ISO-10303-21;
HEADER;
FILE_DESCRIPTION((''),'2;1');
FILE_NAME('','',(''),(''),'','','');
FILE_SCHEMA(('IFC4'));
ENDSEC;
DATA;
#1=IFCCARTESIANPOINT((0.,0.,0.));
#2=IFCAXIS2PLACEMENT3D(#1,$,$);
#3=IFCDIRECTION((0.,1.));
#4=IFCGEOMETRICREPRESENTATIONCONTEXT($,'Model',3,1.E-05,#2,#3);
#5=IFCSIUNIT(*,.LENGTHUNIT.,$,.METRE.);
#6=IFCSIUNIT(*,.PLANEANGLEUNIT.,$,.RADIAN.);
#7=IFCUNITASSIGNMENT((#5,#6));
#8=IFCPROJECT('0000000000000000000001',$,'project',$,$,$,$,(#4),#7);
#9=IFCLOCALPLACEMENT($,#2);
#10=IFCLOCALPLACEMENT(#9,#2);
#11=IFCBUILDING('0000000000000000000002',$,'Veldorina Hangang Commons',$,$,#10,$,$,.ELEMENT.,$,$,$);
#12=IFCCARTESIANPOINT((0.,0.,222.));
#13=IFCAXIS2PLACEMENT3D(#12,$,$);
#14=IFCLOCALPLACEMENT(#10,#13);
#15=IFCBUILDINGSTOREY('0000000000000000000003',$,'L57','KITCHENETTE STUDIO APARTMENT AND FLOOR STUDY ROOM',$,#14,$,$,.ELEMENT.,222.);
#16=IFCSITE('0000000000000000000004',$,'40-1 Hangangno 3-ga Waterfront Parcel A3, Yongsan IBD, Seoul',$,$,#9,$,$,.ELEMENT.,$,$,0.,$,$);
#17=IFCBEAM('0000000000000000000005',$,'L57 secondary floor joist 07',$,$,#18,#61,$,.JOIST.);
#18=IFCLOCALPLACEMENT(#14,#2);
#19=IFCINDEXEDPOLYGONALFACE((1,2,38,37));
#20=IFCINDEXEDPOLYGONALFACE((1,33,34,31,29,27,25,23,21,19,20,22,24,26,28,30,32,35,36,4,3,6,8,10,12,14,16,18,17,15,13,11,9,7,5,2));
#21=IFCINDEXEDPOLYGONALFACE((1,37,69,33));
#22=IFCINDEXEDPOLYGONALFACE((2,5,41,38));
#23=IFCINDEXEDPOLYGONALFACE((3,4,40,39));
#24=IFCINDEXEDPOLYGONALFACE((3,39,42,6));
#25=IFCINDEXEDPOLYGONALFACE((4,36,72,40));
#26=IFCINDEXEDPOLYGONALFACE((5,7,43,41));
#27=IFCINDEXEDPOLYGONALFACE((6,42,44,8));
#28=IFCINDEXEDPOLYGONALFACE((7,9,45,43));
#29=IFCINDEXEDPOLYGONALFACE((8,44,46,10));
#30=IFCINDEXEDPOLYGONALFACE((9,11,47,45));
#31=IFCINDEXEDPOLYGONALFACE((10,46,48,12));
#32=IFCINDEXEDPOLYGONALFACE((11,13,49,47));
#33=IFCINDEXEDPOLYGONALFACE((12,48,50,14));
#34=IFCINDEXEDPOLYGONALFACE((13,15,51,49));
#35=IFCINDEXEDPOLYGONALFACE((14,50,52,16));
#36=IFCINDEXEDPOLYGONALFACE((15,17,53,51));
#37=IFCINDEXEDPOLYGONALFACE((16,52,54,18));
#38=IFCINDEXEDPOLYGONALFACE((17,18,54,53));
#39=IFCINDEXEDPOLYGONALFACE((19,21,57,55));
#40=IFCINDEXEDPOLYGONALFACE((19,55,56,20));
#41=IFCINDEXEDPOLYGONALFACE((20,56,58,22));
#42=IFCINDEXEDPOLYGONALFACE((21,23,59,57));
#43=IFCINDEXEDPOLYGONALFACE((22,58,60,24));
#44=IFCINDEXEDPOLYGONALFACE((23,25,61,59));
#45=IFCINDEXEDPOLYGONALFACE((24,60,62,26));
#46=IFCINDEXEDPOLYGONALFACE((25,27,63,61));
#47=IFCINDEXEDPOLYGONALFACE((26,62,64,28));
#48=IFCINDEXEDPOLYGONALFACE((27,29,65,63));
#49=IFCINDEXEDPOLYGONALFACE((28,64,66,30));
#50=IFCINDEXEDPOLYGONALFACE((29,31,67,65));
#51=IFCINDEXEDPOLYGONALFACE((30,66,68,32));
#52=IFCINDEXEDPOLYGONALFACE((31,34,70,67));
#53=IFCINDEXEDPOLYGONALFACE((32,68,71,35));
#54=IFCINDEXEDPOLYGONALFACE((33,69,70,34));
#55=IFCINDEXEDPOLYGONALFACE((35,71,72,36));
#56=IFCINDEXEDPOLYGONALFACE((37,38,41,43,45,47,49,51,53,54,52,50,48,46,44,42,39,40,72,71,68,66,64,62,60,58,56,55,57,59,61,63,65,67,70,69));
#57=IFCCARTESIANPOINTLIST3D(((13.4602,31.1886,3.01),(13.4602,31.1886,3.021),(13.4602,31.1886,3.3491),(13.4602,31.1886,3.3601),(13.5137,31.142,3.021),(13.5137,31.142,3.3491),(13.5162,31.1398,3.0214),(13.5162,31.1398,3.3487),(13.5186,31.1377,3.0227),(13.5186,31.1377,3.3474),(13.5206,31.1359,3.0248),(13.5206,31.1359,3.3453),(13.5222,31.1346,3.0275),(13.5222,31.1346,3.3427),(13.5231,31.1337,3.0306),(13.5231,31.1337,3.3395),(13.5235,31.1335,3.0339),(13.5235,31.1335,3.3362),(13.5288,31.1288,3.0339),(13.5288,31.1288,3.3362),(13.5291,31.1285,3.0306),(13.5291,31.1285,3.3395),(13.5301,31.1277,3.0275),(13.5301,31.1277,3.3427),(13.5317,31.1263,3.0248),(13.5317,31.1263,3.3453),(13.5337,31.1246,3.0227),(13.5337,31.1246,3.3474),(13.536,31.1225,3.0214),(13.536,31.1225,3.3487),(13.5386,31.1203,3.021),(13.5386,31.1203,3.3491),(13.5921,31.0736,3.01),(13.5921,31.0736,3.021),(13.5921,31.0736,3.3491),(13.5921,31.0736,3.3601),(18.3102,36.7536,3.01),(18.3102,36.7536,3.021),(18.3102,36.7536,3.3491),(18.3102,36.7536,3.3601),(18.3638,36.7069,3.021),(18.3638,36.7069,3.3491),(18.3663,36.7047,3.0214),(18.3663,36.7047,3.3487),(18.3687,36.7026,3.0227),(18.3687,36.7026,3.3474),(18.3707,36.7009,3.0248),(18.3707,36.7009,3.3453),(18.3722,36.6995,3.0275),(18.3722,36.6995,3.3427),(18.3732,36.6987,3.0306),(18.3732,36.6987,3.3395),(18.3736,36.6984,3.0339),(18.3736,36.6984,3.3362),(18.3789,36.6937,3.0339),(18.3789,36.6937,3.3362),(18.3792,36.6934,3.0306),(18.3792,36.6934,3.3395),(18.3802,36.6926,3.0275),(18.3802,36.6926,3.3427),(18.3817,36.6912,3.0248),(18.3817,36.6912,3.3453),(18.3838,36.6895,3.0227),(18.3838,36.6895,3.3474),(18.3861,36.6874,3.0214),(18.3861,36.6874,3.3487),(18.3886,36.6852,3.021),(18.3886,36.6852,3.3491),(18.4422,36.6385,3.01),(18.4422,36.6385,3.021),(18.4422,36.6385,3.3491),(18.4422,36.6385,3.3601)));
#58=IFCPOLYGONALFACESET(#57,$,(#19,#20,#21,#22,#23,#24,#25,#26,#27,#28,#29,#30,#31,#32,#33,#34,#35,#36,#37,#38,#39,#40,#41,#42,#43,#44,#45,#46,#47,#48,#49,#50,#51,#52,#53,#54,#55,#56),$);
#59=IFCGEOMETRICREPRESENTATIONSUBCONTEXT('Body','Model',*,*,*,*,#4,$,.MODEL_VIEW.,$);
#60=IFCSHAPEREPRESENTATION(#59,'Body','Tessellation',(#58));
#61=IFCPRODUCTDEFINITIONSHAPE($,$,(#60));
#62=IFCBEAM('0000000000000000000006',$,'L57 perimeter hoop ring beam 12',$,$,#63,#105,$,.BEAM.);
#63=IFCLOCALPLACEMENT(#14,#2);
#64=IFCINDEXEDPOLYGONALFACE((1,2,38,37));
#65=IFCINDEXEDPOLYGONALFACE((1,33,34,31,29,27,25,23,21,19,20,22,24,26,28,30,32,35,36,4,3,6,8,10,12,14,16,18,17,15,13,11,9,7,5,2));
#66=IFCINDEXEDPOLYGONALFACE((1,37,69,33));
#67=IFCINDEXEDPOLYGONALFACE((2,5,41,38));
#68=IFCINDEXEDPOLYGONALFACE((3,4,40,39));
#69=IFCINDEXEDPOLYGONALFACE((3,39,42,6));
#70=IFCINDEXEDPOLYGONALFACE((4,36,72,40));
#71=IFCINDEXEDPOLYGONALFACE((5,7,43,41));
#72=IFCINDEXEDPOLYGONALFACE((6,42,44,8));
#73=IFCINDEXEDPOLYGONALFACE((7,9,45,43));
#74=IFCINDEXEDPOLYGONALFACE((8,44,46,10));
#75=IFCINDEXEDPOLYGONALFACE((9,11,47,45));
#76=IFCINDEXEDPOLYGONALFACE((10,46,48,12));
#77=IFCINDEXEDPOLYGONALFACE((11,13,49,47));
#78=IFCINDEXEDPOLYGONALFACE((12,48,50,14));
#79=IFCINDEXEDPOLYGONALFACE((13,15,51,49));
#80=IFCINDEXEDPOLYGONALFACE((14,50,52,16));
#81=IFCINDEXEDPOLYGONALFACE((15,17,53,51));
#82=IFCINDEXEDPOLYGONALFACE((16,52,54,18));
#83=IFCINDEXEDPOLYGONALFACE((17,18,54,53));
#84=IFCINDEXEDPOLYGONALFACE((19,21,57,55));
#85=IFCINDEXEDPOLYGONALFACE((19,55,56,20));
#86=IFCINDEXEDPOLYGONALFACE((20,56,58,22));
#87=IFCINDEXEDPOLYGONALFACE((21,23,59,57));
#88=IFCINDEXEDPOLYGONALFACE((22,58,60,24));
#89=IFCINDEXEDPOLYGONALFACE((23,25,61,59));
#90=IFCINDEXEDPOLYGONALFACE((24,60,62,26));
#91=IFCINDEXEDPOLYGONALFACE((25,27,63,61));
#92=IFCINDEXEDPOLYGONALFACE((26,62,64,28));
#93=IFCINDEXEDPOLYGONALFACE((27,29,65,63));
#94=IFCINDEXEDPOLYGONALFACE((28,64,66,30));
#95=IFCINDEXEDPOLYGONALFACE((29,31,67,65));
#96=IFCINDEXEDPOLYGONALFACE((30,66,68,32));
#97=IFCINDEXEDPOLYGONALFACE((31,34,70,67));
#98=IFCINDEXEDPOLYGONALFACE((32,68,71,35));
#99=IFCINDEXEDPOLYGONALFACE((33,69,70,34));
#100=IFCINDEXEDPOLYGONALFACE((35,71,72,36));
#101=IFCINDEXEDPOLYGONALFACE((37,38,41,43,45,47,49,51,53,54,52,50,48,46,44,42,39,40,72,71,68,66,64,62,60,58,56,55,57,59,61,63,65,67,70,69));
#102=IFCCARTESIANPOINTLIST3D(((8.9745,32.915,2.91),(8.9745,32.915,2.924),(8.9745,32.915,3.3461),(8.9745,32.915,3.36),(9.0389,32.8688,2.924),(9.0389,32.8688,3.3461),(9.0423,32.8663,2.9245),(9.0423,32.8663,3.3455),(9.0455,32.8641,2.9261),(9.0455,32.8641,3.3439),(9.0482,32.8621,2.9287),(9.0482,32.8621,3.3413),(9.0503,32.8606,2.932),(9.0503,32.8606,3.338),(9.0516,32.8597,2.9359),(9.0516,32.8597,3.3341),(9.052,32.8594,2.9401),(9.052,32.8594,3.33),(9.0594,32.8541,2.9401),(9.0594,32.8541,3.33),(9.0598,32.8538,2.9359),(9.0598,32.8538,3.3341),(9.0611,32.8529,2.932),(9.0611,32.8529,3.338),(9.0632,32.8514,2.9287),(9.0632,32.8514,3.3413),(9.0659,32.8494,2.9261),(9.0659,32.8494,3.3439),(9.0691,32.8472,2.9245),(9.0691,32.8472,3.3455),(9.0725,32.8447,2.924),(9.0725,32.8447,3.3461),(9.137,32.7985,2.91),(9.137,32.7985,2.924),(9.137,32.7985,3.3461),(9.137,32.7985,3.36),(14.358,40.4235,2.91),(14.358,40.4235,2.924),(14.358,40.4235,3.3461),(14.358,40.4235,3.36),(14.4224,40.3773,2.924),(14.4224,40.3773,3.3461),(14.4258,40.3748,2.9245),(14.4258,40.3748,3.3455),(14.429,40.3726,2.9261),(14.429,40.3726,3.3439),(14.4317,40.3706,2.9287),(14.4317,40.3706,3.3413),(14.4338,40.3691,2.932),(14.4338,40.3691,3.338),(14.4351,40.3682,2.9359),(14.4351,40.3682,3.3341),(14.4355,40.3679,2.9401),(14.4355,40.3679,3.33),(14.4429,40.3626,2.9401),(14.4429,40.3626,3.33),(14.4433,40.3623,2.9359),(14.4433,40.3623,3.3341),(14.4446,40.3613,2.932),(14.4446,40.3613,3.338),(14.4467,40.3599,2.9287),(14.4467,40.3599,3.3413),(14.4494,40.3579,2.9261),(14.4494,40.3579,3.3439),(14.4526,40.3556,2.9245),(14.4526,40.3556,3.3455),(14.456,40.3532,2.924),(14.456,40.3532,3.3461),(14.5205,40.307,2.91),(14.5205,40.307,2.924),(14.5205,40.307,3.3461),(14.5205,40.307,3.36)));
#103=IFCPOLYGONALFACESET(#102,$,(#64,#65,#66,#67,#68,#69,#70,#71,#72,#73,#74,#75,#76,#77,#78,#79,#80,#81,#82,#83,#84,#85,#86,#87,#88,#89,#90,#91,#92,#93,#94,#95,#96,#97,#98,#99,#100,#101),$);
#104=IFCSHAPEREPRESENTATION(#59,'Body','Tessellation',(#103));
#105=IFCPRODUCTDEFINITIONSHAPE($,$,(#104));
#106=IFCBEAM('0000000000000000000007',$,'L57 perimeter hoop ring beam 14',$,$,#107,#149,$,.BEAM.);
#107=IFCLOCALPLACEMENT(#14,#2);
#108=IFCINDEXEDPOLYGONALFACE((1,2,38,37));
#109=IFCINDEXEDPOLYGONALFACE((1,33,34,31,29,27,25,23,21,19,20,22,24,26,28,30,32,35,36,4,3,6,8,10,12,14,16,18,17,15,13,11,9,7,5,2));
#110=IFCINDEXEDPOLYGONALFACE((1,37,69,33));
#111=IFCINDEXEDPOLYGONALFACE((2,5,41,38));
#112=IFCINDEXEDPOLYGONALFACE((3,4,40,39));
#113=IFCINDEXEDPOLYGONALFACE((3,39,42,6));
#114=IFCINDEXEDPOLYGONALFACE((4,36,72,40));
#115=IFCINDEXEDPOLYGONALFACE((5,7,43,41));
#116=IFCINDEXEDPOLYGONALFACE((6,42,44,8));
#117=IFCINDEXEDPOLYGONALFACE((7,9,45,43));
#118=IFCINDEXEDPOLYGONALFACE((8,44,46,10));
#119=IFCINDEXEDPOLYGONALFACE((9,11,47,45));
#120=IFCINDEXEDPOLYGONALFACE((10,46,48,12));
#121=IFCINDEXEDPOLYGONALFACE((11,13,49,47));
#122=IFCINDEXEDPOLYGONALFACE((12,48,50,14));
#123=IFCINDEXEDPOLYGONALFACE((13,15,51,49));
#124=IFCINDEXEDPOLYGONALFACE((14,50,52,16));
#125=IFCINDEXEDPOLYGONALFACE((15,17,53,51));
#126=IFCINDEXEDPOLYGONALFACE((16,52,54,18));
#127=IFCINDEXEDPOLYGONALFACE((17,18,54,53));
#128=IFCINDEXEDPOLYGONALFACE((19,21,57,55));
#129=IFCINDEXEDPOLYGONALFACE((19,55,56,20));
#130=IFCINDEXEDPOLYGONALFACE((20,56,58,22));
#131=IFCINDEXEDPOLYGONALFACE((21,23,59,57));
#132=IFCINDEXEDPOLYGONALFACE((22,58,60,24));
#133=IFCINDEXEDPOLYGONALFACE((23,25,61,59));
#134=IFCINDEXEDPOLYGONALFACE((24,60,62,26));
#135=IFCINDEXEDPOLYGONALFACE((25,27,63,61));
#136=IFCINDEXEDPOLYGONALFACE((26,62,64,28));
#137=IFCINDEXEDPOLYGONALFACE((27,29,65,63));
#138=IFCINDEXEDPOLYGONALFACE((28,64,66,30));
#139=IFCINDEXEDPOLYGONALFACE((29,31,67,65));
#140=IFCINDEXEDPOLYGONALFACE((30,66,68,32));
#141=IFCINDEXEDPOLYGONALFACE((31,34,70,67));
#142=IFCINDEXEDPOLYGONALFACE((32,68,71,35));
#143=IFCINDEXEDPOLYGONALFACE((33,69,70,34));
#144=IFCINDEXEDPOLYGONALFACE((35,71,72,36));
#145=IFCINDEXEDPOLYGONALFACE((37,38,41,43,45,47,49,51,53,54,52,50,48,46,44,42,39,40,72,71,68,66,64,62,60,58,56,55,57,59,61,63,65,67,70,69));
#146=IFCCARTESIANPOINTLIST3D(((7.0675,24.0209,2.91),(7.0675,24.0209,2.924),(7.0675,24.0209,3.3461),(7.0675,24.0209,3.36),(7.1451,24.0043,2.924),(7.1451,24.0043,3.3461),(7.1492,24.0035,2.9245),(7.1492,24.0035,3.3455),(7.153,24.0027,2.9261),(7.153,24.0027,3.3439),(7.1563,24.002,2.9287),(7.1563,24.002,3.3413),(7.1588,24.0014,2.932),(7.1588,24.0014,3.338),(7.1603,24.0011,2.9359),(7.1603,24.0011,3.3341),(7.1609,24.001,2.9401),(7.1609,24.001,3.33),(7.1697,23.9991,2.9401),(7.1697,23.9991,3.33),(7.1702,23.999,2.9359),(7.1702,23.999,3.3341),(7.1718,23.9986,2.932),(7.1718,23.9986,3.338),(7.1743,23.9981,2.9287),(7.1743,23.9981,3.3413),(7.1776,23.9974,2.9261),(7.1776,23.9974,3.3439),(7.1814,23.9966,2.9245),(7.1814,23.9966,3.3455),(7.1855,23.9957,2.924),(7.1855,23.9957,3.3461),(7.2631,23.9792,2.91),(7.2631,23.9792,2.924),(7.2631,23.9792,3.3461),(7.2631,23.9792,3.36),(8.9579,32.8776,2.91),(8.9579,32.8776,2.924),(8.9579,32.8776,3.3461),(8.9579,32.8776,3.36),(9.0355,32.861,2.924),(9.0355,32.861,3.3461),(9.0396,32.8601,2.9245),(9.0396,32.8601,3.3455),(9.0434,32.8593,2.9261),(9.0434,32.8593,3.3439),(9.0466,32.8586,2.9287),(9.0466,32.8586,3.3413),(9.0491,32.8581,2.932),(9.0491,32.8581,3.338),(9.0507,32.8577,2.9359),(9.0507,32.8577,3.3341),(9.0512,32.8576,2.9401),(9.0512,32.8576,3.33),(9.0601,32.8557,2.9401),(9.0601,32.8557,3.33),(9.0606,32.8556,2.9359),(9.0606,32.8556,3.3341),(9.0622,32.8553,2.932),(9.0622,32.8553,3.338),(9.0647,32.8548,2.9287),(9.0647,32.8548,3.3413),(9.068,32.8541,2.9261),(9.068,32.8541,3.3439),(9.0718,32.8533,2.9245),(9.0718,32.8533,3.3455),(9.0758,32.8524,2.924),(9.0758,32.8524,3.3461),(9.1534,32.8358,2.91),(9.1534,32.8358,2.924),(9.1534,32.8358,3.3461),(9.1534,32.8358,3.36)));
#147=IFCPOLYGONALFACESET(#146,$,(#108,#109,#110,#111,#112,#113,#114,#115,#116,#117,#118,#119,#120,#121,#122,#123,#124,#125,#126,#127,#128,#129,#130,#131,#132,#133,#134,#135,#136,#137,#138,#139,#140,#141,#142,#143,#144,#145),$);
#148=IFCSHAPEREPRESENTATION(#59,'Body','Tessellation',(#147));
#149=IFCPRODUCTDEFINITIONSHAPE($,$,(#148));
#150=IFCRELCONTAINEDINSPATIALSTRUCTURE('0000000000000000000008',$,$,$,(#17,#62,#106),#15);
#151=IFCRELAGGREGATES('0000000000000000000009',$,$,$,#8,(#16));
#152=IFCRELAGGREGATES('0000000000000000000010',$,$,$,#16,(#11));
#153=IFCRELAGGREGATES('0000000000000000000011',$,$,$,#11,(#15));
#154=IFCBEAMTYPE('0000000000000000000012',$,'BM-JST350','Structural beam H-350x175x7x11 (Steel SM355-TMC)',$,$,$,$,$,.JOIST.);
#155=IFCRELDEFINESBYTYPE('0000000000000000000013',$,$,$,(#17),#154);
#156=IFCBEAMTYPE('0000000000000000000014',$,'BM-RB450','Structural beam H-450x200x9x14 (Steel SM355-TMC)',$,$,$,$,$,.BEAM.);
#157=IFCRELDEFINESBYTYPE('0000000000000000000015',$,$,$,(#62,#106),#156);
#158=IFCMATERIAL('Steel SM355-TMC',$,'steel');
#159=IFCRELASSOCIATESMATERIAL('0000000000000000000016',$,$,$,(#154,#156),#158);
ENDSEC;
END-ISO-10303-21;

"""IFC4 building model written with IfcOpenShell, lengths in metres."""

from ifc_helpers import new_model, si_unit, direction, frame, origin, origin_2d, place, context, subcontext, project, spatial, i_section, extrude, material, material_profile, profile_set, type_object, element, save


model = new_model("IFC4")

# Units and contexts
model_context = context("Model", 3, precision=1e-05, world=origin(), true_north=direction((0.0, 1.0)))
body_context = subcontext(model_context, "Body", "Model", "MODEL_VIEW")
ifc_project = project(units=[si_unit("LENGTHUNIT", "METRE"), si_unit("PLANEANGLEUNIT", "RADIAN")], contexts=[model_context])

# Site, building, storey
site_placement = place(None, origin())
site = spatial("IfcSite", under=ifc_project, at=site_placement, Name="40-1 Hangangno 3-ga Waterfront Parcel A3, Yongsan IBD, Seoul", CompositionType="ELEMENT", RefElevation=0.0)
building_placement = place(site_placement, origin())
building = spatial("IfcBuilding", under=site, at=building_placement, Name="Veldorina Hangang Commons", CompositionType="ELEMENT")
storey_placement = place(building_placement, frame((0.0, 0.0, 222.0)))
storey = spatial("IfcBuildingStorey", under=building, at=storey_placement, Name="L57", Description="KITCHENETTE STUDIO APARTMENT AND FLOOR STUDY ROOM", CompositionType="ELEMENT", Elevation=222.0)

# Beams
ifc_material_1 = material(Name="Steel SM355-TMC", Category="steel")
ifc_material_profile_1 = material_profile(ifc_material_1, i_section(OverallWidth=0.175, OverallDepth=0.3501, WebThickness=0.0071, FlangeThickness=0.011, FilletRadius=0.0129, at=origin_2d()), Name="H-350x175x7x11")
ifc_profile_set_1 = profile_set([ifc_material_profile_1], Name="Steel SM355-TMC")
beam_type_1 = type_object("IfcBeamType", Name="BM-JST350", Description="Structural beam H-350x175x7x11 (Steel SM355-TMC)", PredefinedType="JOIST", material=ifc_profile_set_1)
beam_1_placement = place(storey_placement, frame((18.3762, 36.696, 3.1851), z_axis=(-0.657028, -0.753866, 0.0), x_axis=(0.753866, -0.657028, 0.0)))
element("IfcBeam", 1, at=beam_1_placement, inside=storey, type_object=beam_type_1, Name="L57 secondary floor joist 07", PredefinedType="JOIST", context=body_context, shape_type="SweptSolid", body=[
    extrude(i_section(OverallWidth=0.175, OverallDepth=0.3501, WebThickness=0.0071, FlangeThickness=0.011, FilletRadius=0.0129, at=origin_2d()), origin(), (0.0, 0.0, 1.0), 7.3818),
])
ifc_material_profile_2 = material_profile(ifc_material_1, i_section(OverallWidth=0.2, OverallDepth=0.45, WebThickness=0.009, FlangeThickness=0.0139, FilletRadius=0.0161, at=origin_2d()), Name="H-450x200x9x14")
ifc_profile_set_2 = profile_set([ifc_material_profile_2], Name="Steel SM355-TMC")
beam_type_2 = type_object("IfcBeamType", Name="BM-RB450", Description="Structural beam H-450x200x9x14 (Steel SM355-TMC)", PredefinedType="BEAM", material=ifc_profile_set_2)
beam_2_placement = place(storey_placement, frame((14.4392, 40.3652, 3.135), z_axis=(-0.582692, -0.812693, 0.0), x_axis=(0.812693, -0.582692, 0.0)))
element("IfcBeam", 2, at=beam_2_placement, inside=storey, type_object=beam_type_2, Name="L57 perimeter hoop ring beam 12", PredefinedType="BEAM", context=body_context, shape_type="SweptSolid", body=[
    extrude(i_section(OverallWidth=0.2, OverallDepth=0.45, WebThickness=0.009, FlangeThickness=0.0139, FilletRadius=0.0161, at=origin_2d()), origin(), (0.0, 0.0, 1.0), 9.239),
])
beam_3_placement = place(storey_placement, frame((9.0557, 32.8567, 3.135), z_axis=(-0.208739, -0.977971, 0.0), x_axis=(0.977971, -0.208739, 0.0)))
element("IfcBeam", 3, at=beam_3_placement, inside=storey, type_object=beam_type_2, Name="L57 perimeter hoop ring beam 14", PredefinedType="BEAM", context=body_context, shape_type="SweptSolid", body=[
    extrude(i_section(OverallWidth=0.2, OverallDepth=0.45, WebThickness=0.009, FlangeThickness=0.0139, FilletRadius=0.0161, at=origin_2d()), origin(), (0.0, 0.0, 1.0), 9.0562),
])

save(model, "model.ifc")
